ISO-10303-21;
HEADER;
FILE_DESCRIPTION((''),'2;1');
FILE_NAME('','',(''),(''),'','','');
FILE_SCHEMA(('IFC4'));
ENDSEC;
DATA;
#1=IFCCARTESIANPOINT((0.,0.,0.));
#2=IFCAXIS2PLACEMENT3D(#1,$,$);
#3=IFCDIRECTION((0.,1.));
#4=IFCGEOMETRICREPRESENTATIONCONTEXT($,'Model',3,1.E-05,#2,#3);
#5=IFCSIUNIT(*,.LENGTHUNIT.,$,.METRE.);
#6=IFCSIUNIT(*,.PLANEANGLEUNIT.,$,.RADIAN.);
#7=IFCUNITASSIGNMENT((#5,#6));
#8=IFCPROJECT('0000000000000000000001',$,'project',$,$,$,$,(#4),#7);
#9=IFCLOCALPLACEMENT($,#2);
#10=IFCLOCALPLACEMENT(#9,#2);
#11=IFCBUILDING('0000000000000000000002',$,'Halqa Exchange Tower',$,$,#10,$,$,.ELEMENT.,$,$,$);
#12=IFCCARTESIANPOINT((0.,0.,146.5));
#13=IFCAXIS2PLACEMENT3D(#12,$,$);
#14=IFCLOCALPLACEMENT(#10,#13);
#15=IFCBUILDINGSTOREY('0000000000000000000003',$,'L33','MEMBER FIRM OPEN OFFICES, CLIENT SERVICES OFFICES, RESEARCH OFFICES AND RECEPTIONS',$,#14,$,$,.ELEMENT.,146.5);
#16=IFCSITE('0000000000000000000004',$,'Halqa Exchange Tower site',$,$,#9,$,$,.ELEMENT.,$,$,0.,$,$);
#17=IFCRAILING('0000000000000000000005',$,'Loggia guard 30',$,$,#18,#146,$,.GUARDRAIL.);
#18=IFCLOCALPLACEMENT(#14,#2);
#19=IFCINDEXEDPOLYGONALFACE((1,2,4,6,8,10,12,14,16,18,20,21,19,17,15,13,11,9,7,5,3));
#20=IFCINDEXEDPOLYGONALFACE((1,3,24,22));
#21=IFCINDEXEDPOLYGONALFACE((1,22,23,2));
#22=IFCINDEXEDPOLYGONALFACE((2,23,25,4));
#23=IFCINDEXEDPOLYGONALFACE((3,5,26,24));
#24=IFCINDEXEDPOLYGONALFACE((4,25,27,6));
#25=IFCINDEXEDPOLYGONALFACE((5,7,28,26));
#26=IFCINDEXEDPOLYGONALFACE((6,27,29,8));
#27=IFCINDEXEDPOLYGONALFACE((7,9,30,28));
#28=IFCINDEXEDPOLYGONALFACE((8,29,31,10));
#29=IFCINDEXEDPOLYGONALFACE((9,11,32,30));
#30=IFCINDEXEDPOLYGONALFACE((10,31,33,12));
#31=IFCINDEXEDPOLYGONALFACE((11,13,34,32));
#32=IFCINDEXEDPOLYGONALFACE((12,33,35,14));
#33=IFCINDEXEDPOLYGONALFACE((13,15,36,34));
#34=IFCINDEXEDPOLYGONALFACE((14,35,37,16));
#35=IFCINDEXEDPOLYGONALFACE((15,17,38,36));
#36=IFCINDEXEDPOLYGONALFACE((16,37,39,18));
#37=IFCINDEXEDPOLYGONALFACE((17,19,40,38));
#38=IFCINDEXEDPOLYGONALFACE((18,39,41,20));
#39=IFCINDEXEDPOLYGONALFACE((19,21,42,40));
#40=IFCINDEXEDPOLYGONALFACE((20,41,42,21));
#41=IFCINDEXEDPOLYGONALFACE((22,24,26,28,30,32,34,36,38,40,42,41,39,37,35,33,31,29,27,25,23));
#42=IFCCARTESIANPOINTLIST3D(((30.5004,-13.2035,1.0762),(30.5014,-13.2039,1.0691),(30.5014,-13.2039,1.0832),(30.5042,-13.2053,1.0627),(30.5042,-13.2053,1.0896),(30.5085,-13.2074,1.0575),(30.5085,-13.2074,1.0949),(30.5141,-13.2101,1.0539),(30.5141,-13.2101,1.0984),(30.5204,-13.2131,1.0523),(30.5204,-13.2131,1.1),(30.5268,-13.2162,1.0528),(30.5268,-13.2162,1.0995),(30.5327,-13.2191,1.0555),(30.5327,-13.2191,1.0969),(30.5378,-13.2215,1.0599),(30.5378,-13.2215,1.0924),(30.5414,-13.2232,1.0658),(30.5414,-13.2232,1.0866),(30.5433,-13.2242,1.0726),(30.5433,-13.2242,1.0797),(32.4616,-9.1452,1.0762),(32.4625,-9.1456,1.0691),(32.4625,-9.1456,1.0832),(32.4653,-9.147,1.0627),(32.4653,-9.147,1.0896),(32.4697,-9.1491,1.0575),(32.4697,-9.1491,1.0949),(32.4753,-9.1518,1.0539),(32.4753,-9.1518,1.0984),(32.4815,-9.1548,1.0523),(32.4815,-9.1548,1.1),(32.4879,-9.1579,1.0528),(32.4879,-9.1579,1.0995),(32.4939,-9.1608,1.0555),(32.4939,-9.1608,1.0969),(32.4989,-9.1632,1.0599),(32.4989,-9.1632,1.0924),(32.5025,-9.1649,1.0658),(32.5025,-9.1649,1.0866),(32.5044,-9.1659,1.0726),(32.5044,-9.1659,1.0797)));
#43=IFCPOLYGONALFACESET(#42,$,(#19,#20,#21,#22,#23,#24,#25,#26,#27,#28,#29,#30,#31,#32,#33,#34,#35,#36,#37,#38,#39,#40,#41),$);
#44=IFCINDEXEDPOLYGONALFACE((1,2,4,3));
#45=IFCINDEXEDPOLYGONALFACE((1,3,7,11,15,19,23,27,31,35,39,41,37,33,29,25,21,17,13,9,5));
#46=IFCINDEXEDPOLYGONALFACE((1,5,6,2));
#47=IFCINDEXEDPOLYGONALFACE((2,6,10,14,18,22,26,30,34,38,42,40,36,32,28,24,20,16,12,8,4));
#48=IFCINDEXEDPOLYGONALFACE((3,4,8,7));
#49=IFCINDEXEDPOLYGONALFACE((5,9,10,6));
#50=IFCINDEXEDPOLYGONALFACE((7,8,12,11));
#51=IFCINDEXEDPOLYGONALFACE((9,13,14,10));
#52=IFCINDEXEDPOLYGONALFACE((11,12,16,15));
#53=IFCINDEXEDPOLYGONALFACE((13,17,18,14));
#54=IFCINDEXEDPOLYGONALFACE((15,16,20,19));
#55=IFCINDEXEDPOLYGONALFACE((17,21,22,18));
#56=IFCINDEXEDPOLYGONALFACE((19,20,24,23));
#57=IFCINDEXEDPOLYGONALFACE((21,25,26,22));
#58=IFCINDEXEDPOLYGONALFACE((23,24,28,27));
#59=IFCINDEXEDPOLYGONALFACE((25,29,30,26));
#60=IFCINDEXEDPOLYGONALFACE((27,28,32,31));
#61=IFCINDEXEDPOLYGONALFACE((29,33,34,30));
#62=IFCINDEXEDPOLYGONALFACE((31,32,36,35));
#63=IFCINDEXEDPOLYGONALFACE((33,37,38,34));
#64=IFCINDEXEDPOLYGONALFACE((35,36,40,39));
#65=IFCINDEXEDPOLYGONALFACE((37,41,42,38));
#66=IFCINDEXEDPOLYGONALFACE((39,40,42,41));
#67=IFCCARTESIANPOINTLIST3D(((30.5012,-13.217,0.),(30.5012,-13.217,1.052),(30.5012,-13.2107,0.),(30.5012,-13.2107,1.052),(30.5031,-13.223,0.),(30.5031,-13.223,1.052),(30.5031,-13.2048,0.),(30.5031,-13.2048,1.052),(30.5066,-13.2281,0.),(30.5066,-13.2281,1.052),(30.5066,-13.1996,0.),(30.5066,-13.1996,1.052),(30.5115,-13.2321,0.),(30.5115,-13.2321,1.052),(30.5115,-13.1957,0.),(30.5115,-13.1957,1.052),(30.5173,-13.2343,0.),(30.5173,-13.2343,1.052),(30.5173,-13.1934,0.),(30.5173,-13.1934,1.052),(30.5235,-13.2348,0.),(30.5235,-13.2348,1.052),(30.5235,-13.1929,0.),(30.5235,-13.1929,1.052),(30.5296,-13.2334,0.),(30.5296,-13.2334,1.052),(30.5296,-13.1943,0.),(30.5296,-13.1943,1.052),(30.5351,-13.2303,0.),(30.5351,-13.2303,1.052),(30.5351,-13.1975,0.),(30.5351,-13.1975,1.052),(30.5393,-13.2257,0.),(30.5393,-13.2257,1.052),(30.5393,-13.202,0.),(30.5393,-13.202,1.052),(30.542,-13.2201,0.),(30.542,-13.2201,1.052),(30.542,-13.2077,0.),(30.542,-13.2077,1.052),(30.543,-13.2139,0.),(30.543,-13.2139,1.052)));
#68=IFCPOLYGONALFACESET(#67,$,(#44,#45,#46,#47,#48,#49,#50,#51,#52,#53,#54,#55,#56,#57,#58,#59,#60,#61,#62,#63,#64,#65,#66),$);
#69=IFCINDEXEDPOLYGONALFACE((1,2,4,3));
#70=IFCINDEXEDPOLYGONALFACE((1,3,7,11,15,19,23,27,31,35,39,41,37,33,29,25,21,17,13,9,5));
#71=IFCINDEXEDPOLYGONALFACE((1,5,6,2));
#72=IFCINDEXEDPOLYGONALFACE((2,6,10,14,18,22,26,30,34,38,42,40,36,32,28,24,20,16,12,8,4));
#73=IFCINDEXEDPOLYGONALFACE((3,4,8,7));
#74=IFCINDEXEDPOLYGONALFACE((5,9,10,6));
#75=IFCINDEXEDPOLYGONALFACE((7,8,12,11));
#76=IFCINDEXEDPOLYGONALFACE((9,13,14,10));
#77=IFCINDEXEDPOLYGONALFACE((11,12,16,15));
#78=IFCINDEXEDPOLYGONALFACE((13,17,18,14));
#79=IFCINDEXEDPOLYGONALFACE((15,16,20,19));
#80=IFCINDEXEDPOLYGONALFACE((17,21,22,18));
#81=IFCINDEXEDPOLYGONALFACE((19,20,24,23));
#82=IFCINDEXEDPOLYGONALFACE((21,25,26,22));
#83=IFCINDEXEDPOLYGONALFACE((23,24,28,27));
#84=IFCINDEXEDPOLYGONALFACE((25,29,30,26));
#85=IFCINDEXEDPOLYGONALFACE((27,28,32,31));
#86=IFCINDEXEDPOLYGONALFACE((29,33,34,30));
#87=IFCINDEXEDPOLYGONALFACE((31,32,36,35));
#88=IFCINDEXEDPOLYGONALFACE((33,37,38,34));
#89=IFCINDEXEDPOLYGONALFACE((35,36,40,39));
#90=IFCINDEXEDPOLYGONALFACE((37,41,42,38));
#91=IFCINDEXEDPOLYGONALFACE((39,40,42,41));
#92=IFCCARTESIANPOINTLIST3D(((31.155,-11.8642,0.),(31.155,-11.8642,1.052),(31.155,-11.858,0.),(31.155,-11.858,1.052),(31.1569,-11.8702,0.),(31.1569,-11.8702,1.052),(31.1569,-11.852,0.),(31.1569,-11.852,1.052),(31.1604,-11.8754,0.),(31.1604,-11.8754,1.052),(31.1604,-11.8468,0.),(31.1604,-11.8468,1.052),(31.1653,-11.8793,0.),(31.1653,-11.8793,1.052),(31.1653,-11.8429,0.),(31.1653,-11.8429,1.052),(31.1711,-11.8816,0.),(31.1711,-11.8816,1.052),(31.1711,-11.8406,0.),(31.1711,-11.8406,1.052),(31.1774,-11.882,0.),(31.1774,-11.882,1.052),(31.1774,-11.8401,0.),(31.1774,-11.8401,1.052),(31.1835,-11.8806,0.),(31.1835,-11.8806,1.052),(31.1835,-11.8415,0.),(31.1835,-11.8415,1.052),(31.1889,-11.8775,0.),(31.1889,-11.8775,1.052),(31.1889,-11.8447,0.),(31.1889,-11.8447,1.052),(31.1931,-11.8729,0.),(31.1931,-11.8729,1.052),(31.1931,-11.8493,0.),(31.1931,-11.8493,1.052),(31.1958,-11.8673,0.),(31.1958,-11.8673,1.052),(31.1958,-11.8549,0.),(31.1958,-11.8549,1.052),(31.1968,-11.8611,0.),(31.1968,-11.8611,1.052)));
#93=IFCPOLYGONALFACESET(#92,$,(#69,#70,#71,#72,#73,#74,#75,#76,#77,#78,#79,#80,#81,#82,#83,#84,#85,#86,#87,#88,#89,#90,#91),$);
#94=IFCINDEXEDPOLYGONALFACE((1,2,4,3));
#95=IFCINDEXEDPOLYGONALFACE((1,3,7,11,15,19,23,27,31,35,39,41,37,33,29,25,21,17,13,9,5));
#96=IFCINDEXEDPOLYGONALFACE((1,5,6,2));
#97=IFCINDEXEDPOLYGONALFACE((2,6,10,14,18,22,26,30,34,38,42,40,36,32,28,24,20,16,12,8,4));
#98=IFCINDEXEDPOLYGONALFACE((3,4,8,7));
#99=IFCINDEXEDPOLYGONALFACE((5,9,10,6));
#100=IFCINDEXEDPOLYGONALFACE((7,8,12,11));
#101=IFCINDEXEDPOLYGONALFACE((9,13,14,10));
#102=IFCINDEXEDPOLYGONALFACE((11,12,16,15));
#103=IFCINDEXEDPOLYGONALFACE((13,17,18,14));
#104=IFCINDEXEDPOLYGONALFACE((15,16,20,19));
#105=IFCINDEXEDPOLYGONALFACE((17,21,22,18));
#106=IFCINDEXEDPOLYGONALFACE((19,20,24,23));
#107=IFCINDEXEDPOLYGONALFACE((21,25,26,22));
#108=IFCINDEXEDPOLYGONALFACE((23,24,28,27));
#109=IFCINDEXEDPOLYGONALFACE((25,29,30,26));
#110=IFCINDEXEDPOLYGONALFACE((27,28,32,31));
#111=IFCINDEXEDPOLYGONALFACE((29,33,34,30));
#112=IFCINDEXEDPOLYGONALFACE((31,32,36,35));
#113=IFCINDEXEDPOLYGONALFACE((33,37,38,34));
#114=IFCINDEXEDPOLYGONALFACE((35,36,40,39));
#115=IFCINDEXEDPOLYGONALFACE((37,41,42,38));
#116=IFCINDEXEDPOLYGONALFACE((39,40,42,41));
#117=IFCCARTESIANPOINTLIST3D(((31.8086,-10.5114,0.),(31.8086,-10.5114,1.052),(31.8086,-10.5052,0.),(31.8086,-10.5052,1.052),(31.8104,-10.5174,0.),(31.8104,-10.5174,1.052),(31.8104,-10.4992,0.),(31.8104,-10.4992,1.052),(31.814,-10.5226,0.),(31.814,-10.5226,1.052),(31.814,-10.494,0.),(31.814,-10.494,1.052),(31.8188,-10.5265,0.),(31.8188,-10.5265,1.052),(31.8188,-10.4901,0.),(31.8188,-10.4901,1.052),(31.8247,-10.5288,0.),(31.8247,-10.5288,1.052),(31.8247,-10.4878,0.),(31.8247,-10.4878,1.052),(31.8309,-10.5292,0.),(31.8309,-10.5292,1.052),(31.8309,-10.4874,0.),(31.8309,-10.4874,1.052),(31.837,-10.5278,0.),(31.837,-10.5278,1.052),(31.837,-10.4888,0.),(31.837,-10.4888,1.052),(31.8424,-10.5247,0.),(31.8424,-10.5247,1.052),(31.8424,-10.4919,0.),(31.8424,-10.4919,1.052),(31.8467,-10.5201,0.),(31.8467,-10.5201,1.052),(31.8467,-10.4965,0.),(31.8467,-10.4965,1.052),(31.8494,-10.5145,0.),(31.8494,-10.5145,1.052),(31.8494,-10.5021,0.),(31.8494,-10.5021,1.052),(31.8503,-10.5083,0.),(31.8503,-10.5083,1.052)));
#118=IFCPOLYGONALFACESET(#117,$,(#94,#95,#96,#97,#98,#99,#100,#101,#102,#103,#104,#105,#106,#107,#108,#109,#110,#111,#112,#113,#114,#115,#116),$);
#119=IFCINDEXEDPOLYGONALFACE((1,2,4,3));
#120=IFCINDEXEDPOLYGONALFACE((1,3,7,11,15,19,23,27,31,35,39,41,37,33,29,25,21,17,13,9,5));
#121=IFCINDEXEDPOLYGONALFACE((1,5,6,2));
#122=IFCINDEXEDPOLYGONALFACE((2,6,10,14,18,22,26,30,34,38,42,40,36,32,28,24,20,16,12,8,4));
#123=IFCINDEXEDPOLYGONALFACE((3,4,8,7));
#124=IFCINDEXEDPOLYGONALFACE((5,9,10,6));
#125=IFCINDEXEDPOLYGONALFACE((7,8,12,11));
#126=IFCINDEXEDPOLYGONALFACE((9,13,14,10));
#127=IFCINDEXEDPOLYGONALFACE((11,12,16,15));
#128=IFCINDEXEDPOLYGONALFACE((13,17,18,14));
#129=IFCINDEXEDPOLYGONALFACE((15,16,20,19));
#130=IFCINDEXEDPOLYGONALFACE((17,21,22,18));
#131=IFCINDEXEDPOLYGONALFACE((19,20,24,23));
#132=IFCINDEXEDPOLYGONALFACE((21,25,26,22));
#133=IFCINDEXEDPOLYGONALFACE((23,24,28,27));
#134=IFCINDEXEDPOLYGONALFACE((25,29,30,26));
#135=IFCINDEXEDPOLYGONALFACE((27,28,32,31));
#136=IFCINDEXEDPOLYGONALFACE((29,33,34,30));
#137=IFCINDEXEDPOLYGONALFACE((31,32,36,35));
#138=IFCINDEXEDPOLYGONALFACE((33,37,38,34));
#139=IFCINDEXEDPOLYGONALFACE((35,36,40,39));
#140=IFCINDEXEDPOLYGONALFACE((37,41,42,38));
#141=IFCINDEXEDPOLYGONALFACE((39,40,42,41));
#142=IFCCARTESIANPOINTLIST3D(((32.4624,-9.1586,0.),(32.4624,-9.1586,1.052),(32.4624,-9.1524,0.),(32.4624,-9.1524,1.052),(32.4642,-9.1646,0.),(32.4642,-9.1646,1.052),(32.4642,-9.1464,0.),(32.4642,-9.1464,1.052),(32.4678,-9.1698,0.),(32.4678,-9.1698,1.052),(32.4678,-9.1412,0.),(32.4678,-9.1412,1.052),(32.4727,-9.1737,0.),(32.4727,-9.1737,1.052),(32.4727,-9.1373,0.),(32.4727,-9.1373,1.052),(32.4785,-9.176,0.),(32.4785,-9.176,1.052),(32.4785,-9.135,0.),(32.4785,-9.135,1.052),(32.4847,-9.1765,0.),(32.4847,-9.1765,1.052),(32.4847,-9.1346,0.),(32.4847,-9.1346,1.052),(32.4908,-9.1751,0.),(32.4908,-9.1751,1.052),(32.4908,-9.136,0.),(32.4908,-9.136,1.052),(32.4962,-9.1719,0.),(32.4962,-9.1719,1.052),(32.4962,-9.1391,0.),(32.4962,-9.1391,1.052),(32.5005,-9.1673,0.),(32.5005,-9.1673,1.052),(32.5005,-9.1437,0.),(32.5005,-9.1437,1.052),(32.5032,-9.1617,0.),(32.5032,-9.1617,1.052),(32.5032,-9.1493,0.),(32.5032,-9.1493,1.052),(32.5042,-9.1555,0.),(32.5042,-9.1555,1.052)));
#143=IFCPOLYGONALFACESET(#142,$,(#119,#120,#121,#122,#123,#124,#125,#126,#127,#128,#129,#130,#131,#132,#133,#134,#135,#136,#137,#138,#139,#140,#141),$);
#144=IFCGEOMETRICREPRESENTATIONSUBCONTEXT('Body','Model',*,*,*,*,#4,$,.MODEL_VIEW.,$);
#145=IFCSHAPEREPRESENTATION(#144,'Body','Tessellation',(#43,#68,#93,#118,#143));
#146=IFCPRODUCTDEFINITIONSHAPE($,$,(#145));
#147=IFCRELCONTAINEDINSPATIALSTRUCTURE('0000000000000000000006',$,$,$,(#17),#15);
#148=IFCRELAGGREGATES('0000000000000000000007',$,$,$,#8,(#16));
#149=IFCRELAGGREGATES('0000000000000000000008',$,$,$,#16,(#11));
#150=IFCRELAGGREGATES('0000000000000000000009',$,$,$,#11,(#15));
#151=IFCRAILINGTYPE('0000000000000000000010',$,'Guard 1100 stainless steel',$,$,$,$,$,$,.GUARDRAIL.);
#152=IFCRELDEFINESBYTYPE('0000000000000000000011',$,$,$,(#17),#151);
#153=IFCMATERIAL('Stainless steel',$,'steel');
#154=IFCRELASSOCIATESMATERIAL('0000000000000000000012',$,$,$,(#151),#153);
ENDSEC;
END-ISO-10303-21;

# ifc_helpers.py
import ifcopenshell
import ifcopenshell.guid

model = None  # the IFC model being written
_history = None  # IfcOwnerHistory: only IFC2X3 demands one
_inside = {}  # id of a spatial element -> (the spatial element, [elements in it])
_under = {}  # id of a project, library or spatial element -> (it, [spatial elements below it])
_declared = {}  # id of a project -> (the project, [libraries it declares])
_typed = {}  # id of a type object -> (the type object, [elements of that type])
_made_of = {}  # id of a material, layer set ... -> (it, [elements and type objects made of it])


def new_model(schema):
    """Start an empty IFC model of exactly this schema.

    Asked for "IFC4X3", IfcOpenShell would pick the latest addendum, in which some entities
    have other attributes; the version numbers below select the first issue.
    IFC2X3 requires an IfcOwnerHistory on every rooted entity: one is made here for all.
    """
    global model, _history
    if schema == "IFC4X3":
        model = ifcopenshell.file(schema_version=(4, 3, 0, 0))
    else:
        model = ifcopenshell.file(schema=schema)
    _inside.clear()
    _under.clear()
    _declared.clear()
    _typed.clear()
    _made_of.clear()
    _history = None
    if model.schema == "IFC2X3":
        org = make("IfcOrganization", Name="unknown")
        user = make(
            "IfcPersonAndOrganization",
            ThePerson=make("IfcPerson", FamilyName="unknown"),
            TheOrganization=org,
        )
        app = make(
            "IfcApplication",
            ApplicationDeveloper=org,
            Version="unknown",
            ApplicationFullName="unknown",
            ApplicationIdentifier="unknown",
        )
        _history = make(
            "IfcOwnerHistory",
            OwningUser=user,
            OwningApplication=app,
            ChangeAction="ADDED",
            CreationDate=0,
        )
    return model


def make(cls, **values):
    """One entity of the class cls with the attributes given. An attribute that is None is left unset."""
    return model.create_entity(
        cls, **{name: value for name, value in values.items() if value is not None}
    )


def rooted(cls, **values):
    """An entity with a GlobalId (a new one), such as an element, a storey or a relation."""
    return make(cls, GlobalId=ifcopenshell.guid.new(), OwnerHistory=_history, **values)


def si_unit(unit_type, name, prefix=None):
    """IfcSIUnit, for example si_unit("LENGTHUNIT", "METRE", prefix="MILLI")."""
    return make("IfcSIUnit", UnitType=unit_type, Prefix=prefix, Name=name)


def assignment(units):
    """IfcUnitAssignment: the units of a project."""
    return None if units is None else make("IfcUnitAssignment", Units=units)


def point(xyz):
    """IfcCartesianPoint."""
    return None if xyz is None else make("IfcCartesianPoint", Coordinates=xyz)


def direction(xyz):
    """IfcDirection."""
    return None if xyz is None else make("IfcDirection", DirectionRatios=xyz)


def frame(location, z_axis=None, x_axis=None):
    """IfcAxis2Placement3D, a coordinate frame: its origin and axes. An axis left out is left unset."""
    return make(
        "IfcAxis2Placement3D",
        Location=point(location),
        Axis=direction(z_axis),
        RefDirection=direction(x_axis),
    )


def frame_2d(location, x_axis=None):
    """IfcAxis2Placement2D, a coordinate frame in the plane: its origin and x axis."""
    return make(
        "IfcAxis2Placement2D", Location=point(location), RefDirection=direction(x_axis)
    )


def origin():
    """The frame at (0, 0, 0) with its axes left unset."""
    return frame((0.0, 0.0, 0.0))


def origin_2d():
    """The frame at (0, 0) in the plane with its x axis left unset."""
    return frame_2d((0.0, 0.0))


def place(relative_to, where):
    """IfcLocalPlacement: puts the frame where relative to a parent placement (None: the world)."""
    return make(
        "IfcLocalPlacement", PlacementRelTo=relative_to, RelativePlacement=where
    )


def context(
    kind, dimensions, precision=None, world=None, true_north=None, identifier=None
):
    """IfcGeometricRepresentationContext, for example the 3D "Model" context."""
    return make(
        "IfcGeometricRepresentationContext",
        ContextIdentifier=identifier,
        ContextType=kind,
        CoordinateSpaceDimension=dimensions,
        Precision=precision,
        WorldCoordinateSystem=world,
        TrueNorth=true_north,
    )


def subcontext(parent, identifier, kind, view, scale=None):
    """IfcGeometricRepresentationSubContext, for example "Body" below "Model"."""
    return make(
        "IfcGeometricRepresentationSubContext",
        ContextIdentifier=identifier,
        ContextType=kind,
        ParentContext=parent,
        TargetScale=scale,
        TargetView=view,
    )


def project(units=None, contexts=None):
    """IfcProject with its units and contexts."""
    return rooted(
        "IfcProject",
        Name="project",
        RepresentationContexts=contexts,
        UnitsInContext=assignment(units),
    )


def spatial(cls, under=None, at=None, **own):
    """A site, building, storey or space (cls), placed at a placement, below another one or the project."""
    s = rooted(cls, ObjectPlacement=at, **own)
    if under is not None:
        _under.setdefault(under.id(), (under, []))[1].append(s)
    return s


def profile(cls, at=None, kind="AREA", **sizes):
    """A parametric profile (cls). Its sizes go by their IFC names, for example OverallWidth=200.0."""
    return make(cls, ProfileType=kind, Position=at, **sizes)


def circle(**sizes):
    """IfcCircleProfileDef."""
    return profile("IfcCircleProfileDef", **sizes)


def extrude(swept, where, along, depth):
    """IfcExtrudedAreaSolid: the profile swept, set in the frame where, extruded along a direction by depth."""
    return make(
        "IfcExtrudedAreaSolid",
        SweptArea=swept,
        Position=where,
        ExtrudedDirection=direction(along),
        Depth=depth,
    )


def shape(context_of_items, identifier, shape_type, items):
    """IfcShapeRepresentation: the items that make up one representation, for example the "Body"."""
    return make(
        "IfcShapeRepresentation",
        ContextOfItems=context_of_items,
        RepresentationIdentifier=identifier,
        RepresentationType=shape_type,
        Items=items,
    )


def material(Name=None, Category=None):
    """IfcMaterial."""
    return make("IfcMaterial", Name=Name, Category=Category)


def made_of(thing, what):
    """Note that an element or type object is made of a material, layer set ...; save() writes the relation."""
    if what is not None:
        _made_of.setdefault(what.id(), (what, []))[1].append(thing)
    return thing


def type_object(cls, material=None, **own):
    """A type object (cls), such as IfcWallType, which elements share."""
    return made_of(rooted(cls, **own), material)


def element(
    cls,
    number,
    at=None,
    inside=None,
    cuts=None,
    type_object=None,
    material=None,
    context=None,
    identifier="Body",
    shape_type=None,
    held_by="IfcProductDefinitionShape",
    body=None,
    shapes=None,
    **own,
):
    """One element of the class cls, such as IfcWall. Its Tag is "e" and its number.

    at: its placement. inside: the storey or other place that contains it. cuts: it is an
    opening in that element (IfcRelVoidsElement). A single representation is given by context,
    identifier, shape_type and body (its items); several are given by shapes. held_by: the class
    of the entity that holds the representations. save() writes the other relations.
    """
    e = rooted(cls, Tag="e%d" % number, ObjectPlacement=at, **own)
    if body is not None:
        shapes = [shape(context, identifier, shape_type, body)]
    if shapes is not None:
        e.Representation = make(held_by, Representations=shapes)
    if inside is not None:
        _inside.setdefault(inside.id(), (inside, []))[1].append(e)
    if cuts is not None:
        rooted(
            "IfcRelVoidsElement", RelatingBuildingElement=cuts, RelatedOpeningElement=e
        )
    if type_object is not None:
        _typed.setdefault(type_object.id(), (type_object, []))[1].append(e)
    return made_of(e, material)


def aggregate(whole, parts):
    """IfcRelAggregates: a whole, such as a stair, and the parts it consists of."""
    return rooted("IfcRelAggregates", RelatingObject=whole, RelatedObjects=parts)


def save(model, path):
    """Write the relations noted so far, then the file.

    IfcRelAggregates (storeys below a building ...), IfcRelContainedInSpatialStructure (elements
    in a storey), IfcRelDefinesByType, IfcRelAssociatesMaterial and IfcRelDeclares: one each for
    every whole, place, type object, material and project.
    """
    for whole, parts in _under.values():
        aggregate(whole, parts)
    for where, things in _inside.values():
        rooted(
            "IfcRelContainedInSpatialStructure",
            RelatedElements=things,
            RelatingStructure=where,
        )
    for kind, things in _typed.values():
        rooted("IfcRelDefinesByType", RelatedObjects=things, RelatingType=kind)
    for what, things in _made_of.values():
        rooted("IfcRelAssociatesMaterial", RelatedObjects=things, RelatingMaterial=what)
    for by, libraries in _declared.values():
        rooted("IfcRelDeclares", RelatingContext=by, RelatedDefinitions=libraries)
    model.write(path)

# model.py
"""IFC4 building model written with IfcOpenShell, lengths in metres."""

from ifc_helpers import new_model, si_unit, direction, frame, origin, origin_2d, place, context, subcontext, project, spatial, circle, extrude, material, type_object, element, save


model = new_model("IFC4")

# Units and contexts
model_context = context("Model", 3, precision=1e-05, world=origin(), true_north=direction((0.0, 1.0)))
body_context = subcontext(model_context, "Body", "Model", "MODEL_VIEW")
ifc_project = project(units=[si_unit("LENGTHUNIT", "METRE"), si_unit("PLANEANGLEUNIT", "RADIAN")], contexts=[model_context])

# Site, building, storey
site_placement = place(None, origin())
site = spatial("IfcSite", under=ifc_project, at=site_placement, Name="Halqa Exchange Tower site", CompositionType="ELEMENT", RefElevation=0.0)
building_placement = place(site_placement, origin())
building = spatial("IfcBuilding", under=site, at=building_placement, Name="Halqa Exchange Tower", CompositionType="ELEMENT")
storey_placement = place(building_placement, frame((0.0, 0.0, 146.5)))
storey = spatial("IfcBuildingStorey", under=building, at=storey_placement, Name="L33", Description="MEMBER FIRM OPEN OFFICES, CLIENT SERVICES OFFICES, RESEARCH OFFICES AND RECEPTIONS", CompositionType="ELEMENT", Elevation=146.5)

# Railing
ifc_material_1 = material(Name="Stainless steel", Category="steel")
railing_type = type_object("IfcRailingType", Name="Guard 1100 stainless steel", PredefinedType="GUARDRAIL", material=ifc_material_1)
railing_1_placement = place(storey_placement, frame((30.522, -13.2139, 0.0)))
element("IfcRailing", 1, at=railing_1_placement, inside=storey, type_object=railing_type, Name="Loggia guard 30", PredefinedType="GUARDRAIL", context=body_context, shape_type="SweptSolid", body=[
    extrude(circle(Radius=0.0239, at=origin_2d()), frame((0.0, 0.0, 1.0762), z_axis=(0.435105, 0.90038, 0.0), x_axis=(-0.90038, 0.435105, 0.0)), (0.0, 0.0, 1.0), 4.5073),
    extrude(circle(Radius=0.021, at=origin_2d()), origin(), (0.0, 0.0, 1.0), 1.052),
    extrude(circle(Radius=0.021, at=origin_2d()), frame((0.6538, 1.3528, 0.0)), (0.0, 0.0, 1.0), 1.052),
    extrude(circle(Radius=0.021, at=origin_2d()), frame((1.3074, 2.7056, 0.0)), (0.0, 0.0, 1.0), 1.052),
    extrude(circle(Radius=0.021, at=origin_2d()), frame((1.9612, 4.0583, 0.0)), (0.0, 0.0, 1.0), 1.052),
])

save(model, "model.ifc")
